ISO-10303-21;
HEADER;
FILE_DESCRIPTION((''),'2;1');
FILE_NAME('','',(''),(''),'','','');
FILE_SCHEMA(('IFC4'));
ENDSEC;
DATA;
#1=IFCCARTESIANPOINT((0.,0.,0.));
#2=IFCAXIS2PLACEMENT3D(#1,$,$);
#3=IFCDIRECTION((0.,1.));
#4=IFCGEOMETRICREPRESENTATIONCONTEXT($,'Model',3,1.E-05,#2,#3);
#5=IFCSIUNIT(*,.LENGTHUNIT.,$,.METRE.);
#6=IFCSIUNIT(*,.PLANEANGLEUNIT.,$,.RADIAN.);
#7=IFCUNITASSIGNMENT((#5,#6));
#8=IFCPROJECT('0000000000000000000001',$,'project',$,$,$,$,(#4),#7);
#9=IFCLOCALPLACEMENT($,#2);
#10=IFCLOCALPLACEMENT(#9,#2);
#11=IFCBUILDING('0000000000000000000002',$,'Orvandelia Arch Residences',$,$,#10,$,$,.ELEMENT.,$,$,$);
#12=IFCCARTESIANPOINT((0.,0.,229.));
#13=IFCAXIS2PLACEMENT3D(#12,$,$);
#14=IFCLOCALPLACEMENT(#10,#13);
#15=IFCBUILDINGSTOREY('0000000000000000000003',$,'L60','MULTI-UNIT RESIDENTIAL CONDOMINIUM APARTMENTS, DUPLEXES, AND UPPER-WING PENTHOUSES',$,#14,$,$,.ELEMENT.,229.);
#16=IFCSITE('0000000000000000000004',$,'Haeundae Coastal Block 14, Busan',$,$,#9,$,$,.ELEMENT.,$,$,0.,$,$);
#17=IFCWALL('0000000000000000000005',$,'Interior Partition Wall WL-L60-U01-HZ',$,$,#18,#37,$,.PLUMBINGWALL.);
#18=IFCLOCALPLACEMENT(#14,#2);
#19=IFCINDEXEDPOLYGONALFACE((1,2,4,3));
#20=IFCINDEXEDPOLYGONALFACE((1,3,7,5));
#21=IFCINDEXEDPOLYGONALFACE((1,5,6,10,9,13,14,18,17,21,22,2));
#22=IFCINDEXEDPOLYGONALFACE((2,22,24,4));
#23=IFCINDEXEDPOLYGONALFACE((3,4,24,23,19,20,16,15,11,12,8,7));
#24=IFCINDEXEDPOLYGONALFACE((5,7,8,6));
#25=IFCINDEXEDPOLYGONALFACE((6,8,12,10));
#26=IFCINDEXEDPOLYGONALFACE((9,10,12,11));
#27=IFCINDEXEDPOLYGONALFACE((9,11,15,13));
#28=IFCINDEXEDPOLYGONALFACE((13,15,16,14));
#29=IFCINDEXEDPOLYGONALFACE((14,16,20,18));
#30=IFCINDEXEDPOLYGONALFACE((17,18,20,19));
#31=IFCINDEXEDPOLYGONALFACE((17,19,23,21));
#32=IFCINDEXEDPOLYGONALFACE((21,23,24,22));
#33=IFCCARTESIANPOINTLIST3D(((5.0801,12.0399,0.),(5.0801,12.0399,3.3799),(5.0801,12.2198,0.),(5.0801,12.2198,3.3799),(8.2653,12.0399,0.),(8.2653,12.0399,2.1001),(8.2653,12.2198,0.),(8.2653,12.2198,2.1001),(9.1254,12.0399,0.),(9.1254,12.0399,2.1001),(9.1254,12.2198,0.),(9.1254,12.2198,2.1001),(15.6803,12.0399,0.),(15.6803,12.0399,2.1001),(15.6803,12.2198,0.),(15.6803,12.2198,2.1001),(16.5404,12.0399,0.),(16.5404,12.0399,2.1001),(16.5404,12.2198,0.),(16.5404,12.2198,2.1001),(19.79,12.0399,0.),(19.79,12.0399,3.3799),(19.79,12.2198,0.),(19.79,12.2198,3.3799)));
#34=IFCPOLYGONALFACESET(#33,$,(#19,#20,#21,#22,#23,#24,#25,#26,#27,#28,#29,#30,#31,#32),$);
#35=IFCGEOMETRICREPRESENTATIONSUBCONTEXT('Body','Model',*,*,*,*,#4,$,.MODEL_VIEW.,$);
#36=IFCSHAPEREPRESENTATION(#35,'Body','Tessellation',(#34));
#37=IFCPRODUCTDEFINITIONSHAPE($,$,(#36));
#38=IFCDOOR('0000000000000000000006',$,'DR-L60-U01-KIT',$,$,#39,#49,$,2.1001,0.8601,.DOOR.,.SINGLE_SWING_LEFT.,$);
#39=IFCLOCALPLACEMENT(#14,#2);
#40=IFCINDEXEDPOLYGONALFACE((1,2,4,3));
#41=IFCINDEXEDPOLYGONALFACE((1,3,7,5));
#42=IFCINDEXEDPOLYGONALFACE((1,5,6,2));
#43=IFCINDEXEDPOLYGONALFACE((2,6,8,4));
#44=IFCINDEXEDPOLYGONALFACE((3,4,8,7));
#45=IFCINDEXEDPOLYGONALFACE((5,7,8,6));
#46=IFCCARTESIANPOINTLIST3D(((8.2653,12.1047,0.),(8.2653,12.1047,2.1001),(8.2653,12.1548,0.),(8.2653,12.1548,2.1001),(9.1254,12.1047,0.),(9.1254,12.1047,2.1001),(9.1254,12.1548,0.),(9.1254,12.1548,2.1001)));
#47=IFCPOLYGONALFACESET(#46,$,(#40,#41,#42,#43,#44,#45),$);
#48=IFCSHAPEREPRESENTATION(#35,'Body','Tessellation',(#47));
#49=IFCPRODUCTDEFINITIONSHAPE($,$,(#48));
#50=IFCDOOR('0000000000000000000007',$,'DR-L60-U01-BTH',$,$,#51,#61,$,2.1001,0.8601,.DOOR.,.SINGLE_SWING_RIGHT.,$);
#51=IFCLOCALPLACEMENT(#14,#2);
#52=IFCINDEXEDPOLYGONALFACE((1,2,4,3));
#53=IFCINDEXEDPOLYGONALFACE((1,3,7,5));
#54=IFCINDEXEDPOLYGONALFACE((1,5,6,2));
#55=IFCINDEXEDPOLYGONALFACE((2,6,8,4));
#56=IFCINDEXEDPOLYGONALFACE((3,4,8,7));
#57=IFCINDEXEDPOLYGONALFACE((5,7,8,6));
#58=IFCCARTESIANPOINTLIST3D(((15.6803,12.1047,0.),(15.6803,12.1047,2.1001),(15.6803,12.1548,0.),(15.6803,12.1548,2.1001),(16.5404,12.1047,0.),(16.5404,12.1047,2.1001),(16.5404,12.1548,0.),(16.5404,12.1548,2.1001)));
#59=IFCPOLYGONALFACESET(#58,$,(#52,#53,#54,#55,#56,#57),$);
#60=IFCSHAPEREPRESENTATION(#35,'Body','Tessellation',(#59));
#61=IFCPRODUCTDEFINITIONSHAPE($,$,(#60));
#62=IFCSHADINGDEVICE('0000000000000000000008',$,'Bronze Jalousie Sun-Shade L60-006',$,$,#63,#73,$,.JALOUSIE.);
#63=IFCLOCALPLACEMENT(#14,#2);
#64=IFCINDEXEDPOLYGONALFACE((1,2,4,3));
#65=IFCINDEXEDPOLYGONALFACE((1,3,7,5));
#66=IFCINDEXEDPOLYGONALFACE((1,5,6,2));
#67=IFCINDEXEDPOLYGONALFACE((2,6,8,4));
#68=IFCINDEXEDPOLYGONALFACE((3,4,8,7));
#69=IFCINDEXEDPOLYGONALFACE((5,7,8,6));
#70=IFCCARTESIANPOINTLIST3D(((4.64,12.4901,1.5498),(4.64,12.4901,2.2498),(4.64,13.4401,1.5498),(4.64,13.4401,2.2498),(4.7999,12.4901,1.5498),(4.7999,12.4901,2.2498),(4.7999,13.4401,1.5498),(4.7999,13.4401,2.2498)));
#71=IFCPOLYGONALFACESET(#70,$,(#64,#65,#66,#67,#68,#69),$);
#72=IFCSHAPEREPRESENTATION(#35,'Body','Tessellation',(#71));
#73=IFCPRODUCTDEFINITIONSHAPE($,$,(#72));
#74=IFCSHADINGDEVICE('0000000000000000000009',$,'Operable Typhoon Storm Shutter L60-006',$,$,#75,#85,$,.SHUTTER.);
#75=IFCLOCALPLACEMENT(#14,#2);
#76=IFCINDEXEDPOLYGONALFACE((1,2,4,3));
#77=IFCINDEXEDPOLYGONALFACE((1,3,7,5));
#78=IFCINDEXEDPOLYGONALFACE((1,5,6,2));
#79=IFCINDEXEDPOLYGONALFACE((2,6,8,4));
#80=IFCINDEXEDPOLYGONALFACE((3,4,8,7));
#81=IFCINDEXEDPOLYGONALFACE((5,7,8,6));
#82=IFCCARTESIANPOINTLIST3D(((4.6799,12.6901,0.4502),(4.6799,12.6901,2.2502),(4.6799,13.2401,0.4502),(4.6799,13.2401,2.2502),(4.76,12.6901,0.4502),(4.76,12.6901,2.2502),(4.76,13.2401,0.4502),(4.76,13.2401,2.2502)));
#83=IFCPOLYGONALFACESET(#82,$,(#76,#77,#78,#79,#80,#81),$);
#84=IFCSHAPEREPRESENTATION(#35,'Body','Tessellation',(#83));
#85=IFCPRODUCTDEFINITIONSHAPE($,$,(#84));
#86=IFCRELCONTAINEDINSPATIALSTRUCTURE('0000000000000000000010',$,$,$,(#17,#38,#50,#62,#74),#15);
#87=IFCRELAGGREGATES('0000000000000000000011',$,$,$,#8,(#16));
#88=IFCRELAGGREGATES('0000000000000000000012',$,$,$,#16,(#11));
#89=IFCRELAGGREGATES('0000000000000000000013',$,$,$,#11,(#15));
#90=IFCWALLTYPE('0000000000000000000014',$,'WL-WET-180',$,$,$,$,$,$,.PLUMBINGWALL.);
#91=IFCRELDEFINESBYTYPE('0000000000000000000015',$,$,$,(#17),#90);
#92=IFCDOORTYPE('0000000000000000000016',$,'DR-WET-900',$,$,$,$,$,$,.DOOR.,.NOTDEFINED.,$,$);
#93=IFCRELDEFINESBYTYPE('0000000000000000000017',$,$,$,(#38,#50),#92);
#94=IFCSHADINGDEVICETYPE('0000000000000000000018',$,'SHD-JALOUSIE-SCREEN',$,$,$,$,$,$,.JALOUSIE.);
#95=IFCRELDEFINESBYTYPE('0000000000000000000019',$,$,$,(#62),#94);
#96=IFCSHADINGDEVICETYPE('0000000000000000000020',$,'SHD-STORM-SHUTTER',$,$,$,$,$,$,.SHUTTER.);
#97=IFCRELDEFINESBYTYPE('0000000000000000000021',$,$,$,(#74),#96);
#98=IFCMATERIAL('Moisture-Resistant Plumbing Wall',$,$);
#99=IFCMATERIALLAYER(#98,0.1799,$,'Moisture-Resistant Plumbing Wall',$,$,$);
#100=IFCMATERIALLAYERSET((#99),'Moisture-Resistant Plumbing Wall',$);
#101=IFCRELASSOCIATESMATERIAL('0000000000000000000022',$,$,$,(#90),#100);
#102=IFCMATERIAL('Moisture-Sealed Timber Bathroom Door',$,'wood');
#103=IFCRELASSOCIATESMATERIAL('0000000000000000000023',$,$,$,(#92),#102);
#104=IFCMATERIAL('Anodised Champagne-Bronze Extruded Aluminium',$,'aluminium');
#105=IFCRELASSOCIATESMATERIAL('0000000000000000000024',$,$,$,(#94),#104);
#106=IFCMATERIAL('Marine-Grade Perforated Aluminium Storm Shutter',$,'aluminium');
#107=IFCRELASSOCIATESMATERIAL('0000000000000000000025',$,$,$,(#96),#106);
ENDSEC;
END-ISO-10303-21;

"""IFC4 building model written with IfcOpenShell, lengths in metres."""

from ifc_helpers import new_model, si_unit, direction, frame, frame_2d, origin, origin_2d, place, context, subcontext, project, spatial, rectangle, extrude, material, layer, layer_set, type_object, element, fill, save


model = new_model("IFC4")

# Units and contexts
model_context = context("Model", 3, precision=1e-05, world=origin(), true_north=direction((0.0, 1.0)))
body_context = subcontext(model_context, "Body", "Model", "MODEL_VIEW")
ifc_project = project(units=[si_unit("LENGTHUNIT", "METRE"), si_unit("PLANEANGLEUNIT", "RADIAN")], contexts=[model_context])

# Site, building, storey
site_placement = place(None, origin())
site = spatial("IfcSite", under=ifc_project, at=site_placement, Name="Haeundae Coastal Block 14, Busan", CompositionType="ELEMENT", RefElevation=0.0)
building_placement = place(site_placement, origin())
building = spatial("IfcBuilding", under=site, at=building_placement, Name="Orvandelia Arch Residences", CompositionType="ELEMENT")
storey_placement = place(building_placement, frame((0.0, 0.0, 229.0)))
storey = spatial("IfcBuildingStorey", under=building, at=storey_placement, Name="L60", Description="MULTI-UNIT RESIDENTIAL CONDOMINIUM APARTMENTS, DUPLEXES, AND UPPER-WING PENTHOUSES", CompositionType="ELEMENT", Elevation=229.0)

# Wall, openings, doors
ifc_material_1 = material(Name="Moisture-Resistant Plumbing Wall")
ifc_layer_1 = layer(ifc_material_1, 0.1799, Name="Moisture-Resistant Plumbing Wall")
ifc_layer_set_1 = layer_set([ifc_layer_1], Name="Moisture-Resistant Plumbing Wall")
wall_type_1 = type_object("IfcWallType", Name="WL-WET-180", PredefinedType="PLUMBINGWALL", material=ifc_layer_set_1)
wall_1_placement = place(storey_placement, frame((5.0801, 12.1299, 0.0), z_axis=(0.0, 0.0, 1.0), x_axis=(1.0, 0.0, 0.0)))
wall_1 = element("IfcWall", 1, at=wall_1_placement, inside=storey, type_object=wall_type_1, Name="Interior Partition Wall WL-L60-U01-HZ", PredefinedType="PLUMBINGWALL", context=body_context, shape_type="SweptSolid", body=[
    extrude(rectangle(XDim=14.71, YDim=0.1799, at=frame_2d((7.355, 0.0))), origin(), (0.0, 0.0, 1.0), 3.3799),
])
opening_1_placement = place(wall_1_placement, frame((3.1851, 0.0, 0.0)))
opening_1 = element("IfcOpeningElement", 2, at=opening_1_placement, cuts=wall_1, PredefinedType="OPENING", context=body_context, shape_type="SweptSolid", body=[
    extrude(rectangle(XDim=0.8601, YDim=2.1001, at=frame_2d((0.4302, 1.05))), frame((0.0, 0.1001, 0.0), z_axis=(0.0, -1.0, 0.0), x_axis=(1.0, 0.0, 0.0)), (0.0, 0.0, 1.0), 0.2),
])
opening_2_placement = place(wall_1_placement, frame((10.6001, 0.0, 0.0)))
opening_2 = element("IfcOpeningElement", 3, at=opening_2_placement, cuts=wall_1, PredefinedType="OPENING", context=body_context, shape_type="SweptSolid", body=[
    extrude(rectangle(XDim=0.8601, YDim=2.1001, at=frame_2d((0.4302, 1.05))), frame((0.0, 0.1001, 0.0), z_axis=(0.0, -1.0, 0.0), x_axis=(1.0, 0.0, 0.0)), (0.0, 0.0, 1.0), 0.2),
])
ifc_material_2 = material(Name="Moisture-Sealed Timber Bathroom Door", Category="wood")
door_type_1 = type_object("IfcDoorType", Name="DR-WET-900", OperationType="NOTDEFINED", PredefinedType="DOOR", material=ifc_material_2)
door_1_placement = place(opening_1_placement, origin())
door_1 = element("IfcDoor", 4, at=door_1_placement, inside=storey, type_object=door_type_1, Name="DR-L60-U01-KIT", OperationType="SINGLE_SWING_LEFT", OverallHeight=2.1001, OverallWidth=0.8601, PredefinedType="DOOR", context=body_context, shape_type="SweptSolid", body=[
    extrude(rectangle(XDim=0.8601, YDim=2.1001, at=frame_2d((0.4302, 1.05))), frame((0.0, 0.0249, 0.0), z_axis=(0.0, -1.0, 0.0), x_axis=(1.0, 0.0, 0.0)), (0.0, 0.0, 1.0), 0.05),
])
fill(opening_1, door_1)
door_2_placement = place(opening_2_placement, origin())
door_2 = element("IfcDoor", 5, at=door_2_placement, inside=storey, type_object=door_type_1, Name="DR-L60-U01-BTH", OperationType="SINGLE_SWING_RIGHT", OverallHeight=2.1001, OverallWidth=0.8601, PredefinedType="DOOR", context=body_context, shape_type="SweptSolid", body=[
    extrude(rectangle(XDim=0.8601, YDim=2.1001, at=frame_2d((0.4302, 1.05))), frame((0.0, 0.0249, 0.0), z_axis=(0.0, -1.0, 0.0), x_axis=(1.0, 0.0, 0.0)), (0.0, 0.0, 1.0), 0.05),
])
fill(opening_2, door_2)

# Shading devices
ifc_material_3 = material(Name="Anodised Champagne-Bronze Extruded Aluminium", Category="aluminium")
shading_device_type_1 = type_object("IfcShadingDeviceType", Name="SHD-JALOUSIE-SCREEN", PredefinedType="JALOUSIE", material=ifc_material_3)
shading_device_1_placement = place(storey_placement, frame((4.72, 12.9651, 1.5498), z_axis=(0.0, 0.0, 1.0), x_axis=(0.0, 1.0, 0.0)))
element("IfcShadingDevice", 6, at=shading_device_1_placement, inside=storey, type_object=shading_device_type_1, Name="Bronze Jalousie Sun-Shade L60-006", PredefinedType="JALOUSIE", context=body_context, shape_type="SweptSolid", body=[
    extrude(rectangle(XDim=0.95, YDim=0.1599, at=origin_2d()), origin(), (0.0, 0.0, 1.0), 0.7),
])
ifc_material_4 = material(Name="Marine-Grade Perforated Aluminium Storm Shutter", Category="aluminium")
shading_device_type_2 = type_object("IfcShadingDeviceType", Name="SHD-STORM-SHUTTER", PredefinedType="SHUTTER", material=ifc_material_4)
shading_device_2_placement = place(storey_placement, frame((4.72, 12.9651, 0.4502), z_axis=(0.0, 0.0, 1.0), x_axis=(0.0, 1.0, 0.0)))
element("IfcShadingDevice", 7, at=shading_device_2_placement, inside=storey, type_object=shading_device_type_2, Name="Operable Typhoon Storm Shutter L60-006", PredefinedType="SHUTTER", context=body_context, shape_type="SweptSolid", body=[
    extrude(rectangle(XDim=0.55, YDim=0.0801, at=origin_2d()), origin(), (0.0, 0.0, 1.0), 1.8),
])

save(model, "model.ifc")
